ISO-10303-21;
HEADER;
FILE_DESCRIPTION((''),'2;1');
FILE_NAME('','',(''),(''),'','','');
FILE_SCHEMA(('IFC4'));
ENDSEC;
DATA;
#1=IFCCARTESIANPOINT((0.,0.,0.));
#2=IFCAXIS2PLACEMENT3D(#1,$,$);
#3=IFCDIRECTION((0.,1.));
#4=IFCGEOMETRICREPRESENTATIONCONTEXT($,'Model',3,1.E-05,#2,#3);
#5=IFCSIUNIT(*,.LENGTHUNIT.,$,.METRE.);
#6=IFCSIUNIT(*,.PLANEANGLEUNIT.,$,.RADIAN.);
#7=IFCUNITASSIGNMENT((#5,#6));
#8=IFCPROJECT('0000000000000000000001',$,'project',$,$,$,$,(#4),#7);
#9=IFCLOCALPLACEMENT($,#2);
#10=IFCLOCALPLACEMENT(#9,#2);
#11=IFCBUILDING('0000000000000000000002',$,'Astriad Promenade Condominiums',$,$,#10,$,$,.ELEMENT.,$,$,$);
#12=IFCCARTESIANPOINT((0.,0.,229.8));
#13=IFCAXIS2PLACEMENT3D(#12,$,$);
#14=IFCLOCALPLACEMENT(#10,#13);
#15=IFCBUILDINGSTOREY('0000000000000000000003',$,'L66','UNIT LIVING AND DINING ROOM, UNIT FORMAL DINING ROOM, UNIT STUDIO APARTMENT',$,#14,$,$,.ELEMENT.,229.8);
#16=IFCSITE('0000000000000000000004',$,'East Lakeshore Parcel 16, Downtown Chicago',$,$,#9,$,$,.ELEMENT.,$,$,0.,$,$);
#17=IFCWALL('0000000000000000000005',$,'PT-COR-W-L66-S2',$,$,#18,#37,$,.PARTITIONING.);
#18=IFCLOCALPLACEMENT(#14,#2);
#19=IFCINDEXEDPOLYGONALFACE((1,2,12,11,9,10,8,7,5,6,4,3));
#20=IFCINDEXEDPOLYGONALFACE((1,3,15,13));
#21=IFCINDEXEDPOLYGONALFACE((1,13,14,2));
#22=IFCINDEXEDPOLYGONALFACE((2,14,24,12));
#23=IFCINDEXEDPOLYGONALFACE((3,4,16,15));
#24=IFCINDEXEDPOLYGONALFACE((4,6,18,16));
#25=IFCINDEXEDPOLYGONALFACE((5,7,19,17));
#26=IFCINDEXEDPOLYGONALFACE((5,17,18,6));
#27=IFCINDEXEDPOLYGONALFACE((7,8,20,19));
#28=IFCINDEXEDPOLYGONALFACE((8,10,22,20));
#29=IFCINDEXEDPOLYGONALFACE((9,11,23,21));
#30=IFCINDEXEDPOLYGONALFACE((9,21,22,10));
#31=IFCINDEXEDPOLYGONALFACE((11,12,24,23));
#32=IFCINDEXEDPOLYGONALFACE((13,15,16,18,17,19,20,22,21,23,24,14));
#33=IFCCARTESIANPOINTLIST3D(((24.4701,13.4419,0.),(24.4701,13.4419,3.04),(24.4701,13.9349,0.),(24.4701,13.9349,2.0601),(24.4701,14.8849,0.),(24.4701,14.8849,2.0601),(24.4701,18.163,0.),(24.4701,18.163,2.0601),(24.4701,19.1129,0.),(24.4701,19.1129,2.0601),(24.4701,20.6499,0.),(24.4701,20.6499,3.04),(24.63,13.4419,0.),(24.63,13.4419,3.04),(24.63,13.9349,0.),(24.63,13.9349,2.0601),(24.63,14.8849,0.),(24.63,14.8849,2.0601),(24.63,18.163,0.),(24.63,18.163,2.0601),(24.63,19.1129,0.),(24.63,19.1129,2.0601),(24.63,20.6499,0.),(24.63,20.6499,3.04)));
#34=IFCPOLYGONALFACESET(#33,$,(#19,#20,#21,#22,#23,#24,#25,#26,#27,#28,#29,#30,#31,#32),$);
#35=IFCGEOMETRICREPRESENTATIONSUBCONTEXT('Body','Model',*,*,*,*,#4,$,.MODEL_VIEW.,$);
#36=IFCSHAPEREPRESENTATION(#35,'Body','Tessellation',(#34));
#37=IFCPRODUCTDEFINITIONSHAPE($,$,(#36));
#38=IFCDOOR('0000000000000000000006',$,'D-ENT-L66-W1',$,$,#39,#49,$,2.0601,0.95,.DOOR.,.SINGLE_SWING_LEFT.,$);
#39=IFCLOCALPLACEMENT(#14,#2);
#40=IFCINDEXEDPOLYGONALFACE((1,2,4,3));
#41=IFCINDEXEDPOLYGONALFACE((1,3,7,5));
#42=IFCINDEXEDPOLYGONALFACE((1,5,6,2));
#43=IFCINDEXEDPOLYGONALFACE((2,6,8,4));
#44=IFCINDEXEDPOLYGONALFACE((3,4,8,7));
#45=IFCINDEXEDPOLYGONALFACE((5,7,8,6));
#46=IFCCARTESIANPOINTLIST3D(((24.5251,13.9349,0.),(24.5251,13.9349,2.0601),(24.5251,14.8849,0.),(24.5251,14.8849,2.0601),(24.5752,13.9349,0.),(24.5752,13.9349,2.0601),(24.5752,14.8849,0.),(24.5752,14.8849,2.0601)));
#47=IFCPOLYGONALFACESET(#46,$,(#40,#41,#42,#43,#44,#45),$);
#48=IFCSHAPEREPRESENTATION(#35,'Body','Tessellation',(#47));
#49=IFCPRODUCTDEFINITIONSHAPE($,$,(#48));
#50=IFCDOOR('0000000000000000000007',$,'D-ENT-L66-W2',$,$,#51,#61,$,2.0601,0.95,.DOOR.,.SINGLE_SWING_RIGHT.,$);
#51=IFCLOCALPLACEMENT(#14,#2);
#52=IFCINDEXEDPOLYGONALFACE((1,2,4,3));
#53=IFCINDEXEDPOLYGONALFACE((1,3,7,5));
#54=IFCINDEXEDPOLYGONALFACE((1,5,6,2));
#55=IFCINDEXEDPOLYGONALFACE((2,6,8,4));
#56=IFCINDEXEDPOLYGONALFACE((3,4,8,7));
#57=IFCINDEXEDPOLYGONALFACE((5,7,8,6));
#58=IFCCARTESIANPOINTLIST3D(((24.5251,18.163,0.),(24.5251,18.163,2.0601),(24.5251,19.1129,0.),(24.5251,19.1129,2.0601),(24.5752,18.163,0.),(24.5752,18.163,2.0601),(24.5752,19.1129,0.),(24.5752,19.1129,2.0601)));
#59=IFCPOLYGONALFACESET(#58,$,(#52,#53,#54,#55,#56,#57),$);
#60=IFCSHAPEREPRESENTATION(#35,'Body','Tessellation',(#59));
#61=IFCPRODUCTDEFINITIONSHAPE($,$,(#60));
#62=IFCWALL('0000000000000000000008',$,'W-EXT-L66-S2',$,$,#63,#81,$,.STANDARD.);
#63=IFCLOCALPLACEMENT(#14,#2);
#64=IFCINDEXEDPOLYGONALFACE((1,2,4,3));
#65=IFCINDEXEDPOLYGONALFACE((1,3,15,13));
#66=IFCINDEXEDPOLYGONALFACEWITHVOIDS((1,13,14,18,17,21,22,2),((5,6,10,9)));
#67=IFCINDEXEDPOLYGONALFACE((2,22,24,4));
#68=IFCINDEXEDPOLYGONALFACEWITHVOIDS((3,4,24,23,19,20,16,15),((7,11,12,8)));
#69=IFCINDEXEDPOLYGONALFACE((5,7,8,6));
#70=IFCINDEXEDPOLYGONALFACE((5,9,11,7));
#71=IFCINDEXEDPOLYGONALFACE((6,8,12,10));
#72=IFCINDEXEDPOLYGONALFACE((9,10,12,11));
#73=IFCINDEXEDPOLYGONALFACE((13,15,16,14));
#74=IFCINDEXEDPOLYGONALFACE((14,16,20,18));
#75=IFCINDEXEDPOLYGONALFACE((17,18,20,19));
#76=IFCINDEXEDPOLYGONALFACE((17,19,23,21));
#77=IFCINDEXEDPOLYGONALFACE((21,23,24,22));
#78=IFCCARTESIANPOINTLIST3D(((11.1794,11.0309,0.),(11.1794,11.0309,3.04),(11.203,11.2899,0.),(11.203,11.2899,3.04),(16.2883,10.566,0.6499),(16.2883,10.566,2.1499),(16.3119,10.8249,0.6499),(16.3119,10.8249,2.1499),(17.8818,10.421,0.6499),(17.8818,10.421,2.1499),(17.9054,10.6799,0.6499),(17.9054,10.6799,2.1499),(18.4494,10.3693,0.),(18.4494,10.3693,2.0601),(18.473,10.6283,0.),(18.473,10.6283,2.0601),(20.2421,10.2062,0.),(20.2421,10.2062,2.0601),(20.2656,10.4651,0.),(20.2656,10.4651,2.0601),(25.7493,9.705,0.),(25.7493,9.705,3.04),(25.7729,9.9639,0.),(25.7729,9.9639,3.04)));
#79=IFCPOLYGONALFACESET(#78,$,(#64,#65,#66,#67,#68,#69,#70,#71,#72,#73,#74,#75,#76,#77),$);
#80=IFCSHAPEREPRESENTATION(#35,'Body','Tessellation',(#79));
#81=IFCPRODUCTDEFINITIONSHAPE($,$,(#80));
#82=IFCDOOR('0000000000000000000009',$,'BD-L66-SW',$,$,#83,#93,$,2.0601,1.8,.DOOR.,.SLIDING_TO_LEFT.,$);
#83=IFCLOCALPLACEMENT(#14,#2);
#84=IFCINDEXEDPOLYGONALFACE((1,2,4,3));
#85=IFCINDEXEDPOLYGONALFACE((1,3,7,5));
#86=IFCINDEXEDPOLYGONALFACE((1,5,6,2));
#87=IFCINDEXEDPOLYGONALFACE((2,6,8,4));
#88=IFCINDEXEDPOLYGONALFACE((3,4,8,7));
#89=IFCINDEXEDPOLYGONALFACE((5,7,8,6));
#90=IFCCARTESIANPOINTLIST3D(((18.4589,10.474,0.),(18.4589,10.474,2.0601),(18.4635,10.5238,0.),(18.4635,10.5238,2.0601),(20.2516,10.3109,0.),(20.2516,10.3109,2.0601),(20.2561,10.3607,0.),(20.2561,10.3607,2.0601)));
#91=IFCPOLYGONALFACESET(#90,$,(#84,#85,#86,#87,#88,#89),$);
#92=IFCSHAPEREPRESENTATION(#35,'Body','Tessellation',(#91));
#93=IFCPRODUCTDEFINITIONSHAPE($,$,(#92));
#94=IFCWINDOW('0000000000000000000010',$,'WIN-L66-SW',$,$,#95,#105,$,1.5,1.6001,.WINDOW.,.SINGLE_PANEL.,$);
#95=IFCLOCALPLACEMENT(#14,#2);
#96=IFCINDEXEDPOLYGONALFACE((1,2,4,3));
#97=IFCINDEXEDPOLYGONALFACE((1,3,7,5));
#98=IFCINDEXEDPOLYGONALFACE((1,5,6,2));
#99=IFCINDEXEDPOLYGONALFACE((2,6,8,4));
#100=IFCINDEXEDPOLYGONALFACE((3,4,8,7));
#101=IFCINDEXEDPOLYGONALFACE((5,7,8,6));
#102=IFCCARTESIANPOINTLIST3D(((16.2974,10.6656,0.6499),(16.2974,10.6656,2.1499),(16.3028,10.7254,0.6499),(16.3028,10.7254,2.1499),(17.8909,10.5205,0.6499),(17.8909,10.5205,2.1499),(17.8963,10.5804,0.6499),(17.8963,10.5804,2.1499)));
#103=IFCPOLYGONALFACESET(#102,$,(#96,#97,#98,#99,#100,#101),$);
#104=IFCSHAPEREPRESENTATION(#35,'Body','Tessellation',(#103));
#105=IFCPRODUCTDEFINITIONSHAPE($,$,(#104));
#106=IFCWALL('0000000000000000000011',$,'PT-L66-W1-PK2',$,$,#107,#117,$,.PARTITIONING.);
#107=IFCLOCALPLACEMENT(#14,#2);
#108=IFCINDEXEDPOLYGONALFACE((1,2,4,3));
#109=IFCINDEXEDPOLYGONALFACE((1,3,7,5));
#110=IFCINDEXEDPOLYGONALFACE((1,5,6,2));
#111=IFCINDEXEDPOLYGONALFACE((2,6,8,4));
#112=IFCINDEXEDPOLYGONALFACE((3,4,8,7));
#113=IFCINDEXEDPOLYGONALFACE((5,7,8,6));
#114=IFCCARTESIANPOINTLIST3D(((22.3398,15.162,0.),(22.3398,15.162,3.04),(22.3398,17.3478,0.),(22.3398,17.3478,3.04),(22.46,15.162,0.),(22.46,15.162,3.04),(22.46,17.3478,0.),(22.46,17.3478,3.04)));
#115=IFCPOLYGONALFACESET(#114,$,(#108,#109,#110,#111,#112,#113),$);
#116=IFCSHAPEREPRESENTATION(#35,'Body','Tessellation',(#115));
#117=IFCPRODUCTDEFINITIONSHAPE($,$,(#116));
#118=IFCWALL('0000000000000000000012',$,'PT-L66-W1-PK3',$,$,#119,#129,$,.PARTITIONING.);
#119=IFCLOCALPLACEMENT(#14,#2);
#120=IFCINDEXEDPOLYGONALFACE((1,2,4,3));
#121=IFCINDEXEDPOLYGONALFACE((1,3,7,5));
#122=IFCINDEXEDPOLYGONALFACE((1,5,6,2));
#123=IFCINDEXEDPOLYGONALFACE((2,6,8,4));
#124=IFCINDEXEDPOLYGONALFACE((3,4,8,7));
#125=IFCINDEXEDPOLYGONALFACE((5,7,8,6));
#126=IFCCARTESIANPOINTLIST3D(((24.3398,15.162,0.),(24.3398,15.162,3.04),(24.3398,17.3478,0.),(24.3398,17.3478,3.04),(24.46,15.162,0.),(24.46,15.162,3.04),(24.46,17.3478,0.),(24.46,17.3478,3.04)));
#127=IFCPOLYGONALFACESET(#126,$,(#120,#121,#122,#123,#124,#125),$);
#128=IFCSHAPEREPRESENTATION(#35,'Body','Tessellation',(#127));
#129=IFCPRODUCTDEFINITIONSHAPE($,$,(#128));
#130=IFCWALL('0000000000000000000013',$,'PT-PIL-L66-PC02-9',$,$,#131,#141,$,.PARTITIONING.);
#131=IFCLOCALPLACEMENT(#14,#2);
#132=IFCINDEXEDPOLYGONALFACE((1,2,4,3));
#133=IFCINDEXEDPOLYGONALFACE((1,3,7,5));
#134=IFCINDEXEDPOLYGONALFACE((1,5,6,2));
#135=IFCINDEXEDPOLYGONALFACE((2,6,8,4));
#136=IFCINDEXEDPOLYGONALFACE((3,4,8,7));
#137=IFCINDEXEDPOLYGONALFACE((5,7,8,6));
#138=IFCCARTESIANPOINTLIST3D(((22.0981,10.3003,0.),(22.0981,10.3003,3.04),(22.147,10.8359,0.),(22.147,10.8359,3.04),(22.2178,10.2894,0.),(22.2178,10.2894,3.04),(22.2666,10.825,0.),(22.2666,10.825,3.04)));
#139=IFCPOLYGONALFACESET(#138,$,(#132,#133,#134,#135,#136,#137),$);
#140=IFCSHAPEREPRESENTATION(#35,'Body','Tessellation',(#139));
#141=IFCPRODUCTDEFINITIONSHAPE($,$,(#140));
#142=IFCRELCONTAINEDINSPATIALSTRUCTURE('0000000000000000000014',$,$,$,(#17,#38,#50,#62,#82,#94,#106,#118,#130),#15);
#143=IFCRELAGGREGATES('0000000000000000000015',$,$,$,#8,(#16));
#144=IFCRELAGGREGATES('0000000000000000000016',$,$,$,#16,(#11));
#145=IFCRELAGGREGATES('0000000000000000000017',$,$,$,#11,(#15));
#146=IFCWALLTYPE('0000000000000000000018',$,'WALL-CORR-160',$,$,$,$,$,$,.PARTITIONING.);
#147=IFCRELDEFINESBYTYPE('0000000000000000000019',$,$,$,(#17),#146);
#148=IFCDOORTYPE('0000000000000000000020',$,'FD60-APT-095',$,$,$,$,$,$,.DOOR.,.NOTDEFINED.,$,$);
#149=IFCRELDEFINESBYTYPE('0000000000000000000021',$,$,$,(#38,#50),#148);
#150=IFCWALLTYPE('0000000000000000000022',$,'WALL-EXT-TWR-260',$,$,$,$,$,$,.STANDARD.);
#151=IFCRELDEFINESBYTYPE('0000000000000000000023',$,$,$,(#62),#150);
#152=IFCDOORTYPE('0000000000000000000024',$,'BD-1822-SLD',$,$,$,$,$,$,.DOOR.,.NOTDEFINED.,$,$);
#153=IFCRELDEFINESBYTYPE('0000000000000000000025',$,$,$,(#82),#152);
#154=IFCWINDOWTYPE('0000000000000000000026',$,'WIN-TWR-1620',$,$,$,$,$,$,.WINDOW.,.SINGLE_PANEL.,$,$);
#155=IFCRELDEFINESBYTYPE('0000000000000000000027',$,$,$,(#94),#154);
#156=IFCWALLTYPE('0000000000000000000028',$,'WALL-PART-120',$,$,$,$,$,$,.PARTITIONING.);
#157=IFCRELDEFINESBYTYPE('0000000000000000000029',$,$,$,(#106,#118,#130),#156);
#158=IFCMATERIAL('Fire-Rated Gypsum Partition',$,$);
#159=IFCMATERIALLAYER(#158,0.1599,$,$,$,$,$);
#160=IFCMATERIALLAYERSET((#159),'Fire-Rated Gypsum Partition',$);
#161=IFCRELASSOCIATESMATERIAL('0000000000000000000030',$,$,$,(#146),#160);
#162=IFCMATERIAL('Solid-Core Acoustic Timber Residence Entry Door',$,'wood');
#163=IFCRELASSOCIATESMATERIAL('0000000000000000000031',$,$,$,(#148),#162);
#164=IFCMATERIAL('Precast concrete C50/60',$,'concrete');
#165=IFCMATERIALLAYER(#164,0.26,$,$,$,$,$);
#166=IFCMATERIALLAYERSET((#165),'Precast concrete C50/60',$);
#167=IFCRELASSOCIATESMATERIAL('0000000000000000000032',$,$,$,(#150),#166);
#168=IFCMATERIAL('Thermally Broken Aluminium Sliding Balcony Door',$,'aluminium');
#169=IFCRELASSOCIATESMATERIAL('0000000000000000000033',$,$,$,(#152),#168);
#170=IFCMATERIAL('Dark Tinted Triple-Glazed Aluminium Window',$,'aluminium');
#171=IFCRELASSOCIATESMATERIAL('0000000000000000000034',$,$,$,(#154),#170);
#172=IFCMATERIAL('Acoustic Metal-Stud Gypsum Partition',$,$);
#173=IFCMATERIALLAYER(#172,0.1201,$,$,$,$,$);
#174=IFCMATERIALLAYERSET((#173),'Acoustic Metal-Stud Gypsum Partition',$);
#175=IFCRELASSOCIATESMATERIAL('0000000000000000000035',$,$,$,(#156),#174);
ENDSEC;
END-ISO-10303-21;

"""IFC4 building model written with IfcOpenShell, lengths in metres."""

from ifc_helpers import new_model, si_unit, direction, frame, frame_2d, origin, place, context, subcontext, project, spatial, rectangle, extrude, source, transform, mapped, material, layer, layer_set, type_object, type_shapes, element, fill, save


model = new_model("IFC4")

# Units and contexts
model_context = context("Model", 3, precision=1e-05, world=origin(), true_north=direction((0.0, 1.0)))
body_context = subcontext(model_context, "Body", "Model", "MODEL_VIEW")
ifc_project = project(units=[si_unit("LENGTHUNIT", "METRE"), si_unit("PLANEANGLEUNIT", "RADIAN")], contexts=[model_context])

# Site, building, storey
site_placement = place(None, origin())
site = spatial("IfcSite", under=ifc_project, at=site_placement, Name="East Lakeshore Parcel 16, Downtown Chicago", CompositionType="ELEMENT", RefElevation=0.0)
building_placement = place(site_placement, origin())
building = spatial("IfcBuilding", under=site, at=building_placement, Name="Astriad Promenade Condominiums", CompositionType="ELEMENT")
storey_placement = place(building_placement, frame((0.0, 0.0, 229.8)))
storey = spatial("IfcBuildingStorey", under=building, at=storey_placement, Name="L66", Description="UNIT LIVING AND DINING ROOM, UNIT FORMAL DINING ROOM, UNIT STUDIO APARTMENT", CompositionType="ELEMENT", Elevation=229.8)

# Shared definitions
ifc_material_1 = material(Name="Fire-Rated Gypsum Partition")
ifc_layer_1 = layer(ifc_material_1, 0.1599)
ifc_layer_set_1 = layer_set([ifc_layer_1], Name="Fire-Rated Gypsum Partition")
wall_type_1 = type_object("IfcWallType", Name="WALL-CORR-160", PredefinedType="PARTITIONING", material=ifc_layer_set_1)
ifc_material_2 = material(Name="Solid-Core Acoustic Timber Residence Entry Door", Category="wood")
door_type_1 = type_object("IfcDoorType", Name="FD60-APT-095", OperationType="NOTDEFINED", PredefinedType="DOOR", material=ifc_material_2)
shared_shape_1 = source(origin(), body_context, "Body", "SweptSolid", [
    extrude(rectangle(XDim=0.95, YDim=2.0601, at=frame_2d((0.4751, 1.03))), frame((0.0, 0.0249, 0.0), z_axis=(0.0, -1.0, 0.0), x_axis=(1.0, 0.0, 0.0)), (0.0, 0.0, 1.0), 0.05),
])
type_shapes(door_type_1, [shared_shape_1])

# Wall, openings, doors
wall_1_placement = place(storey_placement, frame((24.55, 13.4419, 0.0), z_axis=(0.0, 0.0, 1.0), x_axis=(0.0, 1.0, 0.0)))
wall_1 = element("IfcWall", 1, at=wall_1_placement, inside=storey, type_object=wall_type_1, Name="PT-COR-W-L66-S2", PredefinedType="PARTITIONING", context=body_context, shape_type="SweptSolid", body=[
    extrude(rectangle(XDim=7.208, YDim=0.1599, at=frame_2d((3.604, 0.0))), origin(), (0.0, 0.0, 1.0), 3.04),
])
opening_1_placement = place(wall_1_placement, frame((0.4929, 0.0, 0.0)))
opening_1 = element("IfcOpeningElement", 2, at=opening_1_placement, cuts=wall_1, PredefinedType="OPENING", context=body_context, shape_type="SweptSolid", body=[
    extrude(rectangle(XDim=0.95, YDim=2.0601, at=frame_2d((0.4751, 1.03))), frame((0.0, 0.0898, 0.0), z_axis=(0.0, -1.0, 0.0), x_axis=(1.0, 0.0, 0.0)), (0.0, 0.0, 1.0), 0.1799),
])
opening_2_placement = place(wall_1_placement, frame((4.7209, 0.0, 0.0)))
opening_2 = element("IfcOpeningElement", 3, at=opening_2_placement, cuts=wall_1, PredefinedType="OPENING", context=body_context, shape_type="SweptSolid", body=[
    extrude(rectangle(XDim=0.95, YDim=2.0601, at=frame_2d((0.4751, 1.03))), frame((0.0, 0.0898, 0.0), z_axis=(0.0, -1.0, 0.0), x_axis=(1.0, 0.0, 0.0)), (0.0, 0.0, 1.0), 0.1799),
])
door_1_placement = place(opening_1_placement, origin())
door_1 = element("IfcDoor", 4, at=door_1_placement, inside=storey, type_object=door_type_1, Name="D-ENT-L66-W1", OperationType="SINGLE_SWING_LEFT", OverallHeight=2.0601, OverallWidth=0.95, PredefinedType="DOOR", context=body_context, shape_type="MappedRepresentation", body=[
    mapped(shared_shape_1, transform((0.0, 0.0, 0.0), scale=1.0)),
])
fill(opening_1, door_1)
door_2_placement = place(opening_2_placement, origin())
door_2 = element("IfcDoor", 5, at=door_2_placement, inside=storey, type_object=door_type_1, Name="D-ENT-L66-W2", OperationType="SINGLE_SWING_RIGHT", OverallHeight=2.0601, OverallWidth=0.95, PredefinedType="DOOR", context=body_context, shape_type="MappedRepresentation", body=[
    mapped(shared_shape_1, transform((0.0, 0.0, 0.0), scale=1.0)),
])
fill(opening_2, door_2)

# Wall, openings, door, window
ifc_material_3 = material(Name="Precast concrete C50/60", Category="concrete")
ifc_layer_2 = layer(ifc_material_3, 0.26)
ifc_layer_set_2 = layer_set([ifc_layer_2], Name="Precast concrete C50/60")
wall_type_2 = type_object("IfcWallType", Name="WALL-EXT-TWR-260", PredefinedType="STANDARD", material=ifc_layer_set_2)
wall_2_placement = place(storey_placement, frame((25.761, 9.8345, 0.0), z_axis=(0.0, 0.0, 1.0), x_axis=(-0.995885, 0.090631, 0.0)))
wall_2 = element("IfcWall", 6, at=wall_2_placement, inside=storey, type_object=wall_type_2, Name="W-EXT-L66-S2", PredefinedType="STANDARD", context=body_context, shape_type="SweptSolid", body=[
    extrude(rectangle(XDim=14.6301, YDim=0.26, at=frame_2d((7.3149, 0.0))), origin(), (0.0, 0.0, 1.0), 3.04),
])
opening_3_placement = place(wall_2_placement, frame((5.53, 0.0, 0.0)))
opening_3 = element("IfcOpeningElement", 7, at=opening_3_placement, cuts=wall_2, PredefinedType="OPENING", context=body_context, shape_type="SweptSolid", body=[
    extrude(rectangle(XDim=1.8, YDim=2.0601, at=frame_2d((0.8999, 1.03))), frame((0.0, 0.1399, 0.0), z_axis=(0.0, -1.0, 0.0), x_axis=(1.0, 0.0, 0.0)), (0.0, 0.0, 1.0), 0.28),
])
opening_4_placement = place(wall_2_placement, frame((7.8999, 0.0, 0.6499)))
opening_4 = element("IfcOpeningElement", 8, at=opening_4_placement, cuts=wall_2, PredefinedType="OPENING", context=body_context, shape_type="SweptSolid", body=[
    extrude(rectangle(XDim=1.6001, YDim=1.5, at=frame_2d((0.8, 0.75))), frame((0.0, 0.1399, 0.0), z_axis=(0.0, -1.0, 0.0), x_axis=(1.0, 0.0, 0.0)), (0.0, 0.0, 1.0), 0.28),
])
ifc_material_4 = material(Name="Thermally Broken Aluminium Sliding Balcony Door", Category="aluminium")
door_type_2 = type_object("IfcDoorType", Name="BD-1822-SLD", OperationType="NOTDEFINED", PredefinedType="DOOR", material=ifc_material_4)
shared_shape_2 = source(origin(), body_context, "Body", "SweptSolid", [
    extrude(rectangle(XDim=1.8, YDim=2.0601, at=frame_2d((0.8999, 1.03))), frame((0.0, 0.0249, 0.0), z_axis=(0.0, -1.0, 0.0), x_axis=(1.0, 0.0, 0.0)), (0.0, 0.0, 1.0), 0.05),
])
type_shapes(door_type_2, [shared_shape_2])
door_3_placement = place(opening_3_placement, origin())
door_3 = element("IfcDoor", 9, at=door_3_placement, inside=storey, type_object=door_type_2, Name="BD-L66-SW", OperationType="SLIDING_TO_LEFT", OverallHeight=2.0601, OverallWidth=1.8, PredefinedType="DOOR", context=body_context, shape_type="MappedRepresentation", body=[
    mapped(shared_shape_2, transform((0.0, 0.0, 0.0), scale=1.0)),
])
fill(opening_3, door_3)
ifc_material_5 = material(Name="Dark Tinted Triple-Glazed Aluminium Window", Category="aluminium")
window_type = type_object("IfcWindowType", Name="WIN-TWR-1620", PartitioningType="SINGLE_PANEL", PredefinedType="WINDOW", material=ifc_material_5)
shared_shape_3 = source(origin(), body_context, "Body", "SweptSolid", [
    extrude(rectangle(XDim=1.6001, YDim=1.5, at=frame_2d((0.8, 0.75))), frame((0.0, 0.03, 0.0), z_axis=(0.0, -1.0, 0.0), x_axis=(1.0, 0.0, 0.0)), (0.0, 0.0, 1.0), 0.0601),
])
type_shapes(window_type, [shared_shape_3])
window_placement = place(opening_4_placement, origin())
window = element("IfcWindow", 10, at=window_placement, inside=storey, type_object=window_type, Name="WIN-L66-SW", OverallHeight=1.5, OverallWidth=1.6001, PartitioningType="SINGLE_PANEL", PredefinedType="WINDOW", context=body_context, shape_type="MappedRepresentation", body=[
    mapped(shared_shape_3, transform((0.0, 0.0, 0.0), scale=1.0)),
])
fill(opening_4, window)

# Walls
ifc_material_6 = material(Name="Acoustic Metal-Stud Gypsum Partition")
ifc_layer_3 = layer(ifc_material_6, 0.1201)
ifc_layer_set_3 = layer_set([ifc_layer_3], Name="Acoustic Metal-Stud Gypsum Partition")
wall_type_3 = type_object("IfcWallType", Name="WALL-PART-120", PredefinedType="PARTITIONING", material=ifc_layer_set_3)
for number, where, z_axis, x_axis, name in (
    (11, (22.3999, 15.1621, 0.0), (0.0, 0.0, 1.0), (0.0, 1.0, 0.0), "PT-L66-W1-PK2"),
    (12, (24.3999, 15.1621, 0.0), (0.0, 0.0, 1.0), (0.0, 1.0, 0.0), "PT-L66-W1-PK3"),
):
    element("IfcWall", number, at=place(storey_placement, frame(where, z_axis=z_axis, x_axis=x_axis)), inside=storey, type_object=wall_type_3, Name=name, PredefinedType="PARTITIONING", context=body_context, shape_type="SweptSolid", body=[
        extrude(rectangle(XDim=2.1858, YDim=0.1201, at=frame_2d((1.0928, 0.0))), origin(), (0.0, 0.0, 1.0), 3.04),
    ])
wall_3_placement = place(storey_placement, frame((22.2068, 10.8306, 0.0), z_axis=(0.0, 0.0, 1.0), x_axis=(-0.090781, -0.995871, 0.0)))
element("IfcWall", 13, at=wall_3_placement, inside=storey, type_object=wall_type_3, Name="PT-PIL-L66-PC02-9", PredefinedType="PARTITIONING", context=body_context, shape_type="SweptSolid", body=[
    extrude(rectangle(XDim=0.5378, YDim=0.1201, at=frame_2d((0.269, 0.0))), origin(), (0.0, 0.0, 1.0), 3.04),
])

save(model, "model.ifc")
